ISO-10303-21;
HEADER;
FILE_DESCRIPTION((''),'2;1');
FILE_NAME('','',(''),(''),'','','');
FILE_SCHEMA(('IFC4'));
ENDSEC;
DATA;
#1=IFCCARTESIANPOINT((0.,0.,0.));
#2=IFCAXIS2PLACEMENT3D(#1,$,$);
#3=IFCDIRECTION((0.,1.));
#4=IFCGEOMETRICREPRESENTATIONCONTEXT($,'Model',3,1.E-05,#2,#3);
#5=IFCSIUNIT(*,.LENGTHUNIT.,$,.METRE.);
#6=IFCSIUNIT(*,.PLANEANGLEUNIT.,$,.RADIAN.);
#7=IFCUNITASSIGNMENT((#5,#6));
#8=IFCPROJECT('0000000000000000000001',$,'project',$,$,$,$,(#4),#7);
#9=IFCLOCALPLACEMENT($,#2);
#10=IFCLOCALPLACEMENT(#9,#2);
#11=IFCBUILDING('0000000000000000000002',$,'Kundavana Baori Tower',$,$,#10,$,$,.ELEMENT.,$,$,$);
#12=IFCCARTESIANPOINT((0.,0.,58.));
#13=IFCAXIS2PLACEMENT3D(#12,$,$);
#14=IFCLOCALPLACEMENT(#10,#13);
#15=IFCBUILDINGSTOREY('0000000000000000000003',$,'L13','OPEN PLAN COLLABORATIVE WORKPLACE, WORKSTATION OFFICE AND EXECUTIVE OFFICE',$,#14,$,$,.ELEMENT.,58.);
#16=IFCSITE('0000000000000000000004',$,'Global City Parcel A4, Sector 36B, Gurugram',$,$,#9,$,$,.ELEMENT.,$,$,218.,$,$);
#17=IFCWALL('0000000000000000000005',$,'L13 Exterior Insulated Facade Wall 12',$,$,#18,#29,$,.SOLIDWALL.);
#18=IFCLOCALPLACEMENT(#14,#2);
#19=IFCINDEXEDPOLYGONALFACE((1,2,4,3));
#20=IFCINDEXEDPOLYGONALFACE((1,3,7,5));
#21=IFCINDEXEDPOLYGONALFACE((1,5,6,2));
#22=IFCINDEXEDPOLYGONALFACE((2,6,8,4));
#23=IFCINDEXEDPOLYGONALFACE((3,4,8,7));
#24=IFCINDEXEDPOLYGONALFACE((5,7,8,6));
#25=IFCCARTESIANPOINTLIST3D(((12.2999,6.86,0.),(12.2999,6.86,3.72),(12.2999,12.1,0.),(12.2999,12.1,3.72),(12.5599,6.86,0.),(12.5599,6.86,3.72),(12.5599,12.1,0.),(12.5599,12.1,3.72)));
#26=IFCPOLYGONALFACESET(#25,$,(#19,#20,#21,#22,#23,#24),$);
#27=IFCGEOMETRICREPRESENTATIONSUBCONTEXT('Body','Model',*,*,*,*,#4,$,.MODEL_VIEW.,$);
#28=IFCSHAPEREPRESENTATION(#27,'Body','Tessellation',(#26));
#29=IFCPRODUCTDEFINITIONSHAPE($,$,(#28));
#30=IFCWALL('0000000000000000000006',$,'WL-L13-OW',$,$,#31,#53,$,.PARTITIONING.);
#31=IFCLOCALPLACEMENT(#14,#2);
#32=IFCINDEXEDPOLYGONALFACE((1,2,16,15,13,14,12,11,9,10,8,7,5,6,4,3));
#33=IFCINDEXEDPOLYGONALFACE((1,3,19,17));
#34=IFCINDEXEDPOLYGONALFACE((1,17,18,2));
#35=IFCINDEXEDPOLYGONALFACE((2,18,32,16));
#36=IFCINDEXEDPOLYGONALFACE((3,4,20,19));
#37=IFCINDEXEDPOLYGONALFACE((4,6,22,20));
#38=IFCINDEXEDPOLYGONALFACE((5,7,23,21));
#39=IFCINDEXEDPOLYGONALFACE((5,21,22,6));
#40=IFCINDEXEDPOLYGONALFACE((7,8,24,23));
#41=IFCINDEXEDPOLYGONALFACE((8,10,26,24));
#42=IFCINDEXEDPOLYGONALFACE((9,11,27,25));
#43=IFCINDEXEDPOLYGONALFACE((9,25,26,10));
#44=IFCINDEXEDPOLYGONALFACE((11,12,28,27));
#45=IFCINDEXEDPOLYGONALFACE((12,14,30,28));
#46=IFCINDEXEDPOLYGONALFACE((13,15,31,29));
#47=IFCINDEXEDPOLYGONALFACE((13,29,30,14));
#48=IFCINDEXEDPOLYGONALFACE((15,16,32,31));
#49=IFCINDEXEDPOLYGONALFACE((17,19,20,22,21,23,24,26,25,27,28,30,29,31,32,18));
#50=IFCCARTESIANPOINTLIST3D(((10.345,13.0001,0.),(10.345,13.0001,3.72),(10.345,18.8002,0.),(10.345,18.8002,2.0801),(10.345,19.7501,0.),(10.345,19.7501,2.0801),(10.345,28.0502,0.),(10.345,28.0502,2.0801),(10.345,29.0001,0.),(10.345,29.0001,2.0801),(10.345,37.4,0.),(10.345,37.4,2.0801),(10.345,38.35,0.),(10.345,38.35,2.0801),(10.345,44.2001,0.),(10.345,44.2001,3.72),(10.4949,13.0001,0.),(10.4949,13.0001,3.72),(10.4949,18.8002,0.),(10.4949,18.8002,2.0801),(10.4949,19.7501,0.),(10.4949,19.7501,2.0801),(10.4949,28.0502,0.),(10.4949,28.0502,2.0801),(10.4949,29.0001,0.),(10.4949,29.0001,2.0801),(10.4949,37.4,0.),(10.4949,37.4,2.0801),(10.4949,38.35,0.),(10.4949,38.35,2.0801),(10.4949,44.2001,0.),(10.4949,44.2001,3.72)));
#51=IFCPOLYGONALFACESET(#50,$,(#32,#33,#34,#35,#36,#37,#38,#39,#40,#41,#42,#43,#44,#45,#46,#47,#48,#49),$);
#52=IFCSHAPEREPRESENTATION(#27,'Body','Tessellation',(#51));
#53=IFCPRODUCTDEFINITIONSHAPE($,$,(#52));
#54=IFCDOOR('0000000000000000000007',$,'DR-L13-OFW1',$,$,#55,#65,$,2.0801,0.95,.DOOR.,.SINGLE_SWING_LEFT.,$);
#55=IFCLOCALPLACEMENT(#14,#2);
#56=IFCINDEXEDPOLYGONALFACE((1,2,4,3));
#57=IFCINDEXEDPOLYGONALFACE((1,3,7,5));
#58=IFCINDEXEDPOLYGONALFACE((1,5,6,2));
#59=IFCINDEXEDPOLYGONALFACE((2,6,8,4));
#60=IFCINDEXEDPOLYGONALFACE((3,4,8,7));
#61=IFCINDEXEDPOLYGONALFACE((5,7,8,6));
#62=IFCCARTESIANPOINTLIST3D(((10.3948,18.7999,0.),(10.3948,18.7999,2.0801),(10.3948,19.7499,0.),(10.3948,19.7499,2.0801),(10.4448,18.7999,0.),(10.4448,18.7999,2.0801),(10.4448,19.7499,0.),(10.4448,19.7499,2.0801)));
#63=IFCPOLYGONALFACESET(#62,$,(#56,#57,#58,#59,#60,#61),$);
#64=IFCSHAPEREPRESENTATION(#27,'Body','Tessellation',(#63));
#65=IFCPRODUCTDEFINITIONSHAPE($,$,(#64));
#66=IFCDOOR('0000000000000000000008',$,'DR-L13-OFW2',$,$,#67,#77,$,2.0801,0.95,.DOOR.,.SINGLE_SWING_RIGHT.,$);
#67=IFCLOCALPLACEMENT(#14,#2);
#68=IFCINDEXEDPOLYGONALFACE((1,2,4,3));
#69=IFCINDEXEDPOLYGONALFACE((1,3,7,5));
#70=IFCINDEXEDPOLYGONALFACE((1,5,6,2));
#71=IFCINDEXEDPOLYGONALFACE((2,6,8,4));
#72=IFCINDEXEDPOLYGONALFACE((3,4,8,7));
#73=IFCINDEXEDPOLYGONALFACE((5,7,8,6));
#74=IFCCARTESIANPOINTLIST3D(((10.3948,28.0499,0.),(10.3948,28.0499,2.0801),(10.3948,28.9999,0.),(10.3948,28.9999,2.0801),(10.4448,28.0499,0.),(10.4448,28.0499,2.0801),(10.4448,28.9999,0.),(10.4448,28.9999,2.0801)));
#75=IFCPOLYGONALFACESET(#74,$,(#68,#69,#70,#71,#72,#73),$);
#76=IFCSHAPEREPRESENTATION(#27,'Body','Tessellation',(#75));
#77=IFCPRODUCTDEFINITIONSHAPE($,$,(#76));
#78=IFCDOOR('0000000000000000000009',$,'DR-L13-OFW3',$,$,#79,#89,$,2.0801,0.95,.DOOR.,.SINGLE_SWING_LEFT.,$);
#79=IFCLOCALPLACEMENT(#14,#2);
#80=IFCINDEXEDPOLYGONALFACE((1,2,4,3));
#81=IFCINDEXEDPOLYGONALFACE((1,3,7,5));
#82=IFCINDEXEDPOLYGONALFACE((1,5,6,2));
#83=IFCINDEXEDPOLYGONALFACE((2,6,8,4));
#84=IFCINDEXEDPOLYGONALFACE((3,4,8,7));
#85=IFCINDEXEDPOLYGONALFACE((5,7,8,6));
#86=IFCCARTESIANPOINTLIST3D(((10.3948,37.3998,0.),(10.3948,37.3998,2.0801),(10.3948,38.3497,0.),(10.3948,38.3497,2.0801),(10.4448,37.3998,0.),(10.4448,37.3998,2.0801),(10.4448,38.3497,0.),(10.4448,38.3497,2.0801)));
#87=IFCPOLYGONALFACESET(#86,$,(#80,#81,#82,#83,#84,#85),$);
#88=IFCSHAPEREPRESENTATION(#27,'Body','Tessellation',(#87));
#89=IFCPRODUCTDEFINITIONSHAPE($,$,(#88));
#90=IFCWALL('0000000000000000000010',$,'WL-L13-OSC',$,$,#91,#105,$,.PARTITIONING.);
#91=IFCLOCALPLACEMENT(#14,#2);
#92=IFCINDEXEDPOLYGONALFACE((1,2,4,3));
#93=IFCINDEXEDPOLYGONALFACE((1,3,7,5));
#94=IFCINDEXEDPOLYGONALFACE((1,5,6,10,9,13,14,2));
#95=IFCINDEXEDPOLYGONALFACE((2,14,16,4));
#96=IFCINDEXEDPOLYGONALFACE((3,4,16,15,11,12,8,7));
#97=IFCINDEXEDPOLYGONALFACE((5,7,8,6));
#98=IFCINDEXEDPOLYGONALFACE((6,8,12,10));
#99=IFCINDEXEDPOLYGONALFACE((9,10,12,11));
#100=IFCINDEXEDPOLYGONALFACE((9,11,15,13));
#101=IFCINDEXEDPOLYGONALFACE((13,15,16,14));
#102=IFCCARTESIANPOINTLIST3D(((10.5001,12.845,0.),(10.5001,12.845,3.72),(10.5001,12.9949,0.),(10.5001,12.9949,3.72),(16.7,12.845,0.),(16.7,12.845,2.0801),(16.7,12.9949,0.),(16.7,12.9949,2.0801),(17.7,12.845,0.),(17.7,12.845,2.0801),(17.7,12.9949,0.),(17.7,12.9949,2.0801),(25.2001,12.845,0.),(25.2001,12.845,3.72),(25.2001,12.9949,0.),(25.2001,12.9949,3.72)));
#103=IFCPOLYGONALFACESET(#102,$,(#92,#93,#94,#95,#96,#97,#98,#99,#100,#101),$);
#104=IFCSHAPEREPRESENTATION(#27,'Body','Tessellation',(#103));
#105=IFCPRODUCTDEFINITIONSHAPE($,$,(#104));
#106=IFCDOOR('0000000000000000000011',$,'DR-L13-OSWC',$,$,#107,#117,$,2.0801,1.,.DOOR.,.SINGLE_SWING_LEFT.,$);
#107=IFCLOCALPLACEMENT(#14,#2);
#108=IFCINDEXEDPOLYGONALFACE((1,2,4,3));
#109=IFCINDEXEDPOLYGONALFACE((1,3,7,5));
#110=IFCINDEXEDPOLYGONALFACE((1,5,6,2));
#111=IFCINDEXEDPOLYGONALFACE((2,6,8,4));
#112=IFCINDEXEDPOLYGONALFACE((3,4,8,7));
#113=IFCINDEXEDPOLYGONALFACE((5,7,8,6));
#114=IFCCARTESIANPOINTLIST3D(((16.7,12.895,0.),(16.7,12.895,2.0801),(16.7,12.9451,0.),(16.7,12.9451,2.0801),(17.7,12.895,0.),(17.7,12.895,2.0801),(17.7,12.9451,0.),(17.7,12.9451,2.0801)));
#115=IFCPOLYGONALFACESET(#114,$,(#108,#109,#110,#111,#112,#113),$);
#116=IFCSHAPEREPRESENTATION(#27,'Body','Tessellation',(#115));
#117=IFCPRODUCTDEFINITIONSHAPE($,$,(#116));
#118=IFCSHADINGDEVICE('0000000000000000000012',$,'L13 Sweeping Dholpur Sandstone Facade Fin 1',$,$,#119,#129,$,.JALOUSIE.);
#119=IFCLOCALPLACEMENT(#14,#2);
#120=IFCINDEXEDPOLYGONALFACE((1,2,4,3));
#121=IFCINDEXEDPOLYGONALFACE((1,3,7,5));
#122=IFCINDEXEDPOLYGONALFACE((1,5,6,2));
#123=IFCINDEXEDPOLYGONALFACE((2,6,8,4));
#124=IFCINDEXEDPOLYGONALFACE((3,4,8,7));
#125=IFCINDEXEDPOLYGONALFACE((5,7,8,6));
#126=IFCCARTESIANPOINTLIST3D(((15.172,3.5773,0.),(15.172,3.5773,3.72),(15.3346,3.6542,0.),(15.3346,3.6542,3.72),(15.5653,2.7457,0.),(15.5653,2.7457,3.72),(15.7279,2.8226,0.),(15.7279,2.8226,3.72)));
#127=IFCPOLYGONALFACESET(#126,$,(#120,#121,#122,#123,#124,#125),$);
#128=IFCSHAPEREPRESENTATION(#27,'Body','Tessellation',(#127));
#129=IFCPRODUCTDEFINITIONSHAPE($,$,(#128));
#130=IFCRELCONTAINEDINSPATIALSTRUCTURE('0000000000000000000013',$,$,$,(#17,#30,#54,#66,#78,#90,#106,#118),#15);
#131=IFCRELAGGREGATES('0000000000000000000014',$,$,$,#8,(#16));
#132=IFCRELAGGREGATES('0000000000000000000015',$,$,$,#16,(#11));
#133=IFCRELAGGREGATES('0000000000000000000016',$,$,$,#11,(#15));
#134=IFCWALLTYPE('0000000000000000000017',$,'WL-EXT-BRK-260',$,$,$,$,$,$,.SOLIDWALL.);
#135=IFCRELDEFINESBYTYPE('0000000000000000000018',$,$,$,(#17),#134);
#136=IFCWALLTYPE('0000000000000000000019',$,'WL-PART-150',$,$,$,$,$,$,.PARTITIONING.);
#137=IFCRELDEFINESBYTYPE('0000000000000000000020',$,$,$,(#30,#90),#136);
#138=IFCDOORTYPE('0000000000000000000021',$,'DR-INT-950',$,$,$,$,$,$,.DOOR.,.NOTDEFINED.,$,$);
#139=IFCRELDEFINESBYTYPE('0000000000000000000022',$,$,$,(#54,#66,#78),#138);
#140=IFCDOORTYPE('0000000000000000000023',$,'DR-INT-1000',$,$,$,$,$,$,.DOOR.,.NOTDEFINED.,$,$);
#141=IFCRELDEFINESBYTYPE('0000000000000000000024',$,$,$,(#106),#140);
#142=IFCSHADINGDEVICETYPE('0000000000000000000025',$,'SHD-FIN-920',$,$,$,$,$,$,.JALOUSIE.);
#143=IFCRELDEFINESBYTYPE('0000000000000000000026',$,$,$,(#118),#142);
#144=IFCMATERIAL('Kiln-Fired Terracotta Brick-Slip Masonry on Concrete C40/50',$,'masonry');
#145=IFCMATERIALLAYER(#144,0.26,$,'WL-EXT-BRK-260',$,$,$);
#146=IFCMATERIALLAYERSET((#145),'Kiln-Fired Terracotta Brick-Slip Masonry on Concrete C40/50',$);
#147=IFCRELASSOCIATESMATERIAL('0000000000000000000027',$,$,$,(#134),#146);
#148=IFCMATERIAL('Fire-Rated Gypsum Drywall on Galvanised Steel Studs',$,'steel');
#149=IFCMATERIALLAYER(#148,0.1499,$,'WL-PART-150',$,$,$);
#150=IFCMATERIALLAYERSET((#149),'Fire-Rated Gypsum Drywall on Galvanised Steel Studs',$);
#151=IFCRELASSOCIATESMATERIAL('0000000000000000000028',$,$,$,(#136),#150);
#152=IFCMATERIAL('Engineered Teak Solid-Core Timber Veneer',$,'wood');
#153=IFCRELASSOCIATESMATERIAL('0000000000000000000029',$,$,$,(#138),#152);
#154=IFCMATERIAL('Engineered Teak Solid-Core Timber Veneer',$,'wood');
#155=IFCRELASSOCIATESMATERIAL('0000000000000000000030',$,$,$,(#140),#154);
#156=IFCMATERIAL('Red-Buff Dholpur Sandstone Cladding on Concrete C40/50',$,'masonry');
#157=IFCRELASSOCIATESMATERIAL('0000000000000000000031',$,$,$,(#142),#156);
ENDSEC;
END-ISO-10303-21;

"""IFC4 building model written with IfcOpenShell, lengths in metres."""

from ifc_helpers import new_model, si_unit, direction, frame, frame_2d, origin, origin_2d, place, context, subcontext, project, spatial, rectangle, extrude, material, layer, layer_set, type_object, element, fill, save


model = new_model("IFC4")

# Units and contexts
model_context = context("Model", 3, precision=1e-05, world=origin(), true_north=direction((0.0, 1.0)))
body_context = subcontext(model_context, "Body", "Model", "MODEL_VIEW")
ifc_project = project(units=[si_unit("LENGTHUNIT", "METRE"), si_unit("PLANEANGLEUNIT", "RADIAN")], contexts=[model_context])

# Site, building, storey
site_placement = place(None, origin())
site = spatial("IfcSite", under=ifc_project, at=site_placement, Name="Global City Parcel A4, Sector 36B, Gurugram", CompositionType="ELEMENT", RefElevation=218.0)
building_placement = place(site_placement, origin())
building = spatial("IfcBuilding", under=site, at=building_placement, Name="Kundavana Baori Tower", CompositionType="ELEMENT")
storey_placement = place(building_placement, frame((0.0, 0.0, 58.0)))
storey = spatial("IfcBuildingStorey", under=building, at=storey_placement, Name="L13", Description="OPEN PLAN COLLABORATIVE WORKPLACE, WORKSTATION OFFICE AND EXECUTIVE OFFICE", CompositionType="ELEMENT", Elevation=58.0)

# Shared definitions
ifc_material_1 = material(Name="Kiln-Fired Terracotta Brick-Slip Masonry on Concrete C40/50", Category="masonry")
ifc_layer_1 = layer(ifc_material_1, 0.26, Name="WL-EXT-BRK-260")
ifc_layer_set_1 = layer_set([ifc_layer_1], Name="Kiln-Fired Terracotta Brick-Slip Masonry on Concrete C40/50")
wall_type_1 = type_object("IfcWallType", Name="WL-EXT-BRK-260", PredefinedType="SOLIDWALL", material=ifc_layer_set_1)

# Wall
wall_1_placement = place(storey_placement, frame((12.4299, 12.1001, 0.0), z_axis=(0.0, 0.0, 1.0), x_axis=(0.0, -1.0, 0.0)))
element("IfcWall", 1, at=wall_1_placement, inside=storey, type_object=wall_type_1, Name="L13 Exterior Insulated Facade Wall 12", PredefinedType="SOLIDWALL", context=body_context, shape_type="SweptSolid", body=[
    extrude(rectangle(XDim=5.24, YDim=0.26, at=frame_2d((2.6201, 0.0))), origin(), (0.0, 0.0, 1.0), 3.72),
])

# Wall, openings, doors
ifc_material_2 = material(Name="Fire-Rated Gypsum Drywall on Galvanised Steel Studs", Category="steel")
ifc_layer_2 = layer(ifc_material_2, 0.1499, Name="WL-PART-150")
ifc_layer_set_2 = layer_set([ifc_layer_2], Name="Fire-Rated Gypsum Drywall on Galvanised Steel Studs")
wall_type_2 = type_object("IfcWallType", Name="WL-PART-150", PredefinedType="PARTITIONING", material=ifc_layer_set_2)
wall_2_placement = place(storey_placement, frame((10.4199, 13.0, 0.0), z_axis=(0.0, 0.0, 1.0), x_axis=(0.0, 1.0, 0.0)))
wall_2 = element("IfcWall", 2, at=wall_2_placement, inside=storey, type_object=wall_type_2, Name="WL-L13-OW", PredefinedType="PARTITIONING", context=body_context, shape_type="SweptSolid", body=[
    extrude(rectangle(XDim=31.2, YDim=0.1499, at=frame_2d((15.6001, 0.0))), origin(), (0.0, 0.0, 1.0), 3.72),
])
opening_1_placement = place(wall_2_placement, frame((5.8, 0.0, 0.0)))
opening_1 = element("IfcOpeningElement", 3, at=opening_1_placement, cuts=wall_2, PredefinedType="OPENING", context=body_context, shape_type="SweptSolid", body=[
    extrude(rectangle(XDim=0.95, YDim=2.0801, at=frame_2d((0.4751, 1.04))), frame((0.0, 0.085, 0.0), z_axis=(0.0, -1.0, 0.0), x_axis=(1.0, 0.0, 0.0)), (0.0, 0.0, 1.0), 0.1699),
])
opening_2_placement = place(wall_2_placement, frame((15.05, 0.0, 0.0)))
opening_2 = element("IfcOpeningElement", 4, at=opening_2_placement, cuts=wall_2, PredefinedType="OPENING", context=body_context, shape_type="SweptSolid", body=[
    extrude(rectangle(XDim=0.95, YDim=2.0801, at=frame_2d((0.4751, 1.04))), frame((0.0, 0.085, 0.0), z_axis=(0.0, -1.0, 0.0), x_axis=(1.0, 0.0, 0.0)), (0.0, 0.0, 1.0), 0.1699),
])
opening_3_placement = place(wall_2_placement, frame((24.3999, 0.0, 0.0)))
opening_3 = element("IfcOpeningElement", 5, at=opening_3_placement, cuts=wall_2, PredefinedType="OPENING", context=body_context, shape_type="SweptSolid", body=[
    extrude(rectangle(XDim=0.95, YDim=2.0801, at=frame_2d((0.4751, 1.04))), frame((0.0, 0.085, 0.0), z_axis=(0.0, -1.0, 0.0), x_axis=(1.0, 0.0, 0.0)), (0.0, 0.0, 1.0), 0.1699),
])
ifc_material_3 = material(Name="Engineered Teak Solid-Core Timber Veneer", Category="wood")
door_type_1 = type_object("IfcDoorType", Name="DR-INT-950", OperationType="NOTDEFINED", PredefinedType="DOOR", material=ifc_material_3)
door_1_placement = place(opening_1_placement, frame((0.95, 0.0, 0.0), z_axis=(0.0, 0.0, 1.0), x_axis=(-1.0, 0.0, 0.0)))
door_1 = element("IfcDoor", 6, at=door_1_placement, inside=storey, type_object=door_type_1, Name="DR-L13-OFW1", OperationType="SINGLE_SWING_LEFT", OverallHeight=2.0801, OverallWidth=0.95, PredefinedType="DOOR", context=body_context, shape_type="SweptSolid", body=[
    extrude(rectangle(XDim=0.95, YDim=2.0801, at=frame_2d((0.4751, 1.04))), frame((0.0, 0.0249, 0.0), z_axis=(0.0, -1.0, 0.0), x_axis=(1.0, 0.0, 0.0)), (0.0, 0.0, 1.0), 0.05),
])
fill(opening_1, door_1)
door_2_placement = place(opening_2_placement, frame((0.95, 0.0, 0.0), z_axis=(0.0, 0.0, 1.0), x_axis=(-1.0, 0.0, 0.0)))
door_2 = element("IfcDoor", 7, at=door_2_placement, inside=storey, type_object=door_type_1, Name="DR-L13-OFW2", OperationType="SINGLE_SWING_RIGHT", OverallHeight=2.0801, OverallWidth=0.95, PredefinedType="DOOR", context=body_context, shape_type="SweptSolid", body=[
    extrude(rectangle(XDim=0.95, YDim=2.0801, at=frame_2d((0.4751, 1.04))), frame((0.0, 0.0249, 0.0), z_axis=(0.0, -1.0, 0.0), x_axis=(1.0, 0.0, 0.0)), (0.0, 0.0, 1.0), 0.05),
])
fill(opening_2, door_2)
door_3_placement = place(opening_3_placement, frame((0.95, 0.0, 0.0), z_axis=(0.0, 0.0, 1.0), x_axis=(-1.0, 0.0, 0.0)))
door_3 = element("IfcDoor", 8, at=door_3_placement, inside=storey, type_object=door_type_1, Name="DR-L13-OFW3", OperationType="SINGLE_SWING_LEFT", OverallHeight=2.0801, OverallWidth=0.95, PredefinedType="DOOR", context=body_context, shape_type="SweptSolid", body=[
    extrude(rectangle(XDim=0.95, YDim=2.0801, at=frame_2d((0.4751, 1.04))), frame((0.0, 0.0249, 0.0), z_axis=(0.0, -1.0, 0.0), x_axis=(1.0, 0.0, 0.0)), (0.0, 0.0, 1.0), 0.05),
])
fill(opening_3, door_3)

# Wall, opening, door
wall_3_placement = place(storey_placement, frame((10.5, 12.9199, 0.0), z_axis=(0.0, 0.0, 1.0), x_axis=(1.0, 0.0, 0.0)))
wall_3 = element("IfcWall", 9, at=wall_3_placement, inside=storey, type_object=wall_type_2, Name="WL-L13-OSC", PredefinedType="PARTITIONING", context=body_context, shape_type="SweptSolid", body=[
    extrude(rectangle(XDim=14.7, YDim=0.1499, at=frame_2d((7.3501, 0.0))), origin(), (0.0, 0.0, 1.0), 3.72),
])
opening_4_placement = place(wall_3_placement, frame((6.2, 0.0, 0.0)))
opening_4 = element("IfcOpeningElement", 10, at=opening_4_placement, cuts=wall_3, PredefinedType="OPENING", context=body_context, shape_type="SweptSolid", body=[
    extrude(rectangle(XDim=1.0, YDim=2.0801, at=frame_2d((0.5, 1.04))), frame((0.0, 0.085, 0.0), z_axis=(0.0, -1.0, 0.0), x_axis=(1.0, 0.0, 0.0)), (0.0, 0.0, 1.0), 0.1699),
])
ifc_material_4 = material(Name="Engineered Teak Solid-Core Timber Veneer", Category="wood")
door_type_2 = type_object("IfcDoorType", Name="DR-INT-1000", OperationType="NOTDEFINED", PredefinedType="DOOR", material=ifc_material_4)
door_4_placement = place(opening_4_placement, frame((1.0, 0.0, 0.0), z_axis=(0.0, 0.0, 1.0), x_axis=(-1.0, 0.0, 0.0)))
door_4 = element("IfcDoor", 11, at=door_4_placement, inside=storey, type_object=door_type_2, Name="DR-L13-OSWC", OperationType="SINGLE_SWING_LEFT", OverallHeight=2.0801, OverallWidth=1.0, PredefinedType="DOOR", context=body_context, shape_type="SweptSolid", body=[
    extrude(rectangle(XDim=1.0, YDim=2.0801, at=frame_2d((0.5, 1.04))), frame((0.0, 0.0249, 0.0), z_axis=(0.0, -1.0, 0.0), x_axis=(1.0, 0.0, 0.0)), (0.0, 0.0, 1.0), 0.05),
])
fill(opening_4, door_4)

# Shading device
ifc_material_5 = material(Name="Red-Buff Dholpur Sandstone Cladding on Concrete C40/50", Category="masonry")
shading_device_type = type_object("IfcShadingDeviceType", Name="SHD-FIN-920", PredefinedType="JALOUSIE", material=ifc_material_5)
shading_device_placement = place(storey_placement, frame((15.45, 3.2, 0.0), z_axis=(0.0, 0.0, 1.0), x_axis=(0.904008, 0.427516, 0.0)))
element("IfcShadingDevice", 12, at=shading_device_placement, inside=storey, type_object=shading_device_type, Name="L13 Sweeping Dholpur Sandstone Facade Fin 1", PredefinedType="JALOUSIE", context=body_context, shape_type="SweptSolid", body=[
    extrude(rectangle(XDim=0.1799, YDim=0.9199, at=origin_2d()), origin(), (0.0, 0.0, 1.0), 3.72),
])

save(model, "model.ifc")
